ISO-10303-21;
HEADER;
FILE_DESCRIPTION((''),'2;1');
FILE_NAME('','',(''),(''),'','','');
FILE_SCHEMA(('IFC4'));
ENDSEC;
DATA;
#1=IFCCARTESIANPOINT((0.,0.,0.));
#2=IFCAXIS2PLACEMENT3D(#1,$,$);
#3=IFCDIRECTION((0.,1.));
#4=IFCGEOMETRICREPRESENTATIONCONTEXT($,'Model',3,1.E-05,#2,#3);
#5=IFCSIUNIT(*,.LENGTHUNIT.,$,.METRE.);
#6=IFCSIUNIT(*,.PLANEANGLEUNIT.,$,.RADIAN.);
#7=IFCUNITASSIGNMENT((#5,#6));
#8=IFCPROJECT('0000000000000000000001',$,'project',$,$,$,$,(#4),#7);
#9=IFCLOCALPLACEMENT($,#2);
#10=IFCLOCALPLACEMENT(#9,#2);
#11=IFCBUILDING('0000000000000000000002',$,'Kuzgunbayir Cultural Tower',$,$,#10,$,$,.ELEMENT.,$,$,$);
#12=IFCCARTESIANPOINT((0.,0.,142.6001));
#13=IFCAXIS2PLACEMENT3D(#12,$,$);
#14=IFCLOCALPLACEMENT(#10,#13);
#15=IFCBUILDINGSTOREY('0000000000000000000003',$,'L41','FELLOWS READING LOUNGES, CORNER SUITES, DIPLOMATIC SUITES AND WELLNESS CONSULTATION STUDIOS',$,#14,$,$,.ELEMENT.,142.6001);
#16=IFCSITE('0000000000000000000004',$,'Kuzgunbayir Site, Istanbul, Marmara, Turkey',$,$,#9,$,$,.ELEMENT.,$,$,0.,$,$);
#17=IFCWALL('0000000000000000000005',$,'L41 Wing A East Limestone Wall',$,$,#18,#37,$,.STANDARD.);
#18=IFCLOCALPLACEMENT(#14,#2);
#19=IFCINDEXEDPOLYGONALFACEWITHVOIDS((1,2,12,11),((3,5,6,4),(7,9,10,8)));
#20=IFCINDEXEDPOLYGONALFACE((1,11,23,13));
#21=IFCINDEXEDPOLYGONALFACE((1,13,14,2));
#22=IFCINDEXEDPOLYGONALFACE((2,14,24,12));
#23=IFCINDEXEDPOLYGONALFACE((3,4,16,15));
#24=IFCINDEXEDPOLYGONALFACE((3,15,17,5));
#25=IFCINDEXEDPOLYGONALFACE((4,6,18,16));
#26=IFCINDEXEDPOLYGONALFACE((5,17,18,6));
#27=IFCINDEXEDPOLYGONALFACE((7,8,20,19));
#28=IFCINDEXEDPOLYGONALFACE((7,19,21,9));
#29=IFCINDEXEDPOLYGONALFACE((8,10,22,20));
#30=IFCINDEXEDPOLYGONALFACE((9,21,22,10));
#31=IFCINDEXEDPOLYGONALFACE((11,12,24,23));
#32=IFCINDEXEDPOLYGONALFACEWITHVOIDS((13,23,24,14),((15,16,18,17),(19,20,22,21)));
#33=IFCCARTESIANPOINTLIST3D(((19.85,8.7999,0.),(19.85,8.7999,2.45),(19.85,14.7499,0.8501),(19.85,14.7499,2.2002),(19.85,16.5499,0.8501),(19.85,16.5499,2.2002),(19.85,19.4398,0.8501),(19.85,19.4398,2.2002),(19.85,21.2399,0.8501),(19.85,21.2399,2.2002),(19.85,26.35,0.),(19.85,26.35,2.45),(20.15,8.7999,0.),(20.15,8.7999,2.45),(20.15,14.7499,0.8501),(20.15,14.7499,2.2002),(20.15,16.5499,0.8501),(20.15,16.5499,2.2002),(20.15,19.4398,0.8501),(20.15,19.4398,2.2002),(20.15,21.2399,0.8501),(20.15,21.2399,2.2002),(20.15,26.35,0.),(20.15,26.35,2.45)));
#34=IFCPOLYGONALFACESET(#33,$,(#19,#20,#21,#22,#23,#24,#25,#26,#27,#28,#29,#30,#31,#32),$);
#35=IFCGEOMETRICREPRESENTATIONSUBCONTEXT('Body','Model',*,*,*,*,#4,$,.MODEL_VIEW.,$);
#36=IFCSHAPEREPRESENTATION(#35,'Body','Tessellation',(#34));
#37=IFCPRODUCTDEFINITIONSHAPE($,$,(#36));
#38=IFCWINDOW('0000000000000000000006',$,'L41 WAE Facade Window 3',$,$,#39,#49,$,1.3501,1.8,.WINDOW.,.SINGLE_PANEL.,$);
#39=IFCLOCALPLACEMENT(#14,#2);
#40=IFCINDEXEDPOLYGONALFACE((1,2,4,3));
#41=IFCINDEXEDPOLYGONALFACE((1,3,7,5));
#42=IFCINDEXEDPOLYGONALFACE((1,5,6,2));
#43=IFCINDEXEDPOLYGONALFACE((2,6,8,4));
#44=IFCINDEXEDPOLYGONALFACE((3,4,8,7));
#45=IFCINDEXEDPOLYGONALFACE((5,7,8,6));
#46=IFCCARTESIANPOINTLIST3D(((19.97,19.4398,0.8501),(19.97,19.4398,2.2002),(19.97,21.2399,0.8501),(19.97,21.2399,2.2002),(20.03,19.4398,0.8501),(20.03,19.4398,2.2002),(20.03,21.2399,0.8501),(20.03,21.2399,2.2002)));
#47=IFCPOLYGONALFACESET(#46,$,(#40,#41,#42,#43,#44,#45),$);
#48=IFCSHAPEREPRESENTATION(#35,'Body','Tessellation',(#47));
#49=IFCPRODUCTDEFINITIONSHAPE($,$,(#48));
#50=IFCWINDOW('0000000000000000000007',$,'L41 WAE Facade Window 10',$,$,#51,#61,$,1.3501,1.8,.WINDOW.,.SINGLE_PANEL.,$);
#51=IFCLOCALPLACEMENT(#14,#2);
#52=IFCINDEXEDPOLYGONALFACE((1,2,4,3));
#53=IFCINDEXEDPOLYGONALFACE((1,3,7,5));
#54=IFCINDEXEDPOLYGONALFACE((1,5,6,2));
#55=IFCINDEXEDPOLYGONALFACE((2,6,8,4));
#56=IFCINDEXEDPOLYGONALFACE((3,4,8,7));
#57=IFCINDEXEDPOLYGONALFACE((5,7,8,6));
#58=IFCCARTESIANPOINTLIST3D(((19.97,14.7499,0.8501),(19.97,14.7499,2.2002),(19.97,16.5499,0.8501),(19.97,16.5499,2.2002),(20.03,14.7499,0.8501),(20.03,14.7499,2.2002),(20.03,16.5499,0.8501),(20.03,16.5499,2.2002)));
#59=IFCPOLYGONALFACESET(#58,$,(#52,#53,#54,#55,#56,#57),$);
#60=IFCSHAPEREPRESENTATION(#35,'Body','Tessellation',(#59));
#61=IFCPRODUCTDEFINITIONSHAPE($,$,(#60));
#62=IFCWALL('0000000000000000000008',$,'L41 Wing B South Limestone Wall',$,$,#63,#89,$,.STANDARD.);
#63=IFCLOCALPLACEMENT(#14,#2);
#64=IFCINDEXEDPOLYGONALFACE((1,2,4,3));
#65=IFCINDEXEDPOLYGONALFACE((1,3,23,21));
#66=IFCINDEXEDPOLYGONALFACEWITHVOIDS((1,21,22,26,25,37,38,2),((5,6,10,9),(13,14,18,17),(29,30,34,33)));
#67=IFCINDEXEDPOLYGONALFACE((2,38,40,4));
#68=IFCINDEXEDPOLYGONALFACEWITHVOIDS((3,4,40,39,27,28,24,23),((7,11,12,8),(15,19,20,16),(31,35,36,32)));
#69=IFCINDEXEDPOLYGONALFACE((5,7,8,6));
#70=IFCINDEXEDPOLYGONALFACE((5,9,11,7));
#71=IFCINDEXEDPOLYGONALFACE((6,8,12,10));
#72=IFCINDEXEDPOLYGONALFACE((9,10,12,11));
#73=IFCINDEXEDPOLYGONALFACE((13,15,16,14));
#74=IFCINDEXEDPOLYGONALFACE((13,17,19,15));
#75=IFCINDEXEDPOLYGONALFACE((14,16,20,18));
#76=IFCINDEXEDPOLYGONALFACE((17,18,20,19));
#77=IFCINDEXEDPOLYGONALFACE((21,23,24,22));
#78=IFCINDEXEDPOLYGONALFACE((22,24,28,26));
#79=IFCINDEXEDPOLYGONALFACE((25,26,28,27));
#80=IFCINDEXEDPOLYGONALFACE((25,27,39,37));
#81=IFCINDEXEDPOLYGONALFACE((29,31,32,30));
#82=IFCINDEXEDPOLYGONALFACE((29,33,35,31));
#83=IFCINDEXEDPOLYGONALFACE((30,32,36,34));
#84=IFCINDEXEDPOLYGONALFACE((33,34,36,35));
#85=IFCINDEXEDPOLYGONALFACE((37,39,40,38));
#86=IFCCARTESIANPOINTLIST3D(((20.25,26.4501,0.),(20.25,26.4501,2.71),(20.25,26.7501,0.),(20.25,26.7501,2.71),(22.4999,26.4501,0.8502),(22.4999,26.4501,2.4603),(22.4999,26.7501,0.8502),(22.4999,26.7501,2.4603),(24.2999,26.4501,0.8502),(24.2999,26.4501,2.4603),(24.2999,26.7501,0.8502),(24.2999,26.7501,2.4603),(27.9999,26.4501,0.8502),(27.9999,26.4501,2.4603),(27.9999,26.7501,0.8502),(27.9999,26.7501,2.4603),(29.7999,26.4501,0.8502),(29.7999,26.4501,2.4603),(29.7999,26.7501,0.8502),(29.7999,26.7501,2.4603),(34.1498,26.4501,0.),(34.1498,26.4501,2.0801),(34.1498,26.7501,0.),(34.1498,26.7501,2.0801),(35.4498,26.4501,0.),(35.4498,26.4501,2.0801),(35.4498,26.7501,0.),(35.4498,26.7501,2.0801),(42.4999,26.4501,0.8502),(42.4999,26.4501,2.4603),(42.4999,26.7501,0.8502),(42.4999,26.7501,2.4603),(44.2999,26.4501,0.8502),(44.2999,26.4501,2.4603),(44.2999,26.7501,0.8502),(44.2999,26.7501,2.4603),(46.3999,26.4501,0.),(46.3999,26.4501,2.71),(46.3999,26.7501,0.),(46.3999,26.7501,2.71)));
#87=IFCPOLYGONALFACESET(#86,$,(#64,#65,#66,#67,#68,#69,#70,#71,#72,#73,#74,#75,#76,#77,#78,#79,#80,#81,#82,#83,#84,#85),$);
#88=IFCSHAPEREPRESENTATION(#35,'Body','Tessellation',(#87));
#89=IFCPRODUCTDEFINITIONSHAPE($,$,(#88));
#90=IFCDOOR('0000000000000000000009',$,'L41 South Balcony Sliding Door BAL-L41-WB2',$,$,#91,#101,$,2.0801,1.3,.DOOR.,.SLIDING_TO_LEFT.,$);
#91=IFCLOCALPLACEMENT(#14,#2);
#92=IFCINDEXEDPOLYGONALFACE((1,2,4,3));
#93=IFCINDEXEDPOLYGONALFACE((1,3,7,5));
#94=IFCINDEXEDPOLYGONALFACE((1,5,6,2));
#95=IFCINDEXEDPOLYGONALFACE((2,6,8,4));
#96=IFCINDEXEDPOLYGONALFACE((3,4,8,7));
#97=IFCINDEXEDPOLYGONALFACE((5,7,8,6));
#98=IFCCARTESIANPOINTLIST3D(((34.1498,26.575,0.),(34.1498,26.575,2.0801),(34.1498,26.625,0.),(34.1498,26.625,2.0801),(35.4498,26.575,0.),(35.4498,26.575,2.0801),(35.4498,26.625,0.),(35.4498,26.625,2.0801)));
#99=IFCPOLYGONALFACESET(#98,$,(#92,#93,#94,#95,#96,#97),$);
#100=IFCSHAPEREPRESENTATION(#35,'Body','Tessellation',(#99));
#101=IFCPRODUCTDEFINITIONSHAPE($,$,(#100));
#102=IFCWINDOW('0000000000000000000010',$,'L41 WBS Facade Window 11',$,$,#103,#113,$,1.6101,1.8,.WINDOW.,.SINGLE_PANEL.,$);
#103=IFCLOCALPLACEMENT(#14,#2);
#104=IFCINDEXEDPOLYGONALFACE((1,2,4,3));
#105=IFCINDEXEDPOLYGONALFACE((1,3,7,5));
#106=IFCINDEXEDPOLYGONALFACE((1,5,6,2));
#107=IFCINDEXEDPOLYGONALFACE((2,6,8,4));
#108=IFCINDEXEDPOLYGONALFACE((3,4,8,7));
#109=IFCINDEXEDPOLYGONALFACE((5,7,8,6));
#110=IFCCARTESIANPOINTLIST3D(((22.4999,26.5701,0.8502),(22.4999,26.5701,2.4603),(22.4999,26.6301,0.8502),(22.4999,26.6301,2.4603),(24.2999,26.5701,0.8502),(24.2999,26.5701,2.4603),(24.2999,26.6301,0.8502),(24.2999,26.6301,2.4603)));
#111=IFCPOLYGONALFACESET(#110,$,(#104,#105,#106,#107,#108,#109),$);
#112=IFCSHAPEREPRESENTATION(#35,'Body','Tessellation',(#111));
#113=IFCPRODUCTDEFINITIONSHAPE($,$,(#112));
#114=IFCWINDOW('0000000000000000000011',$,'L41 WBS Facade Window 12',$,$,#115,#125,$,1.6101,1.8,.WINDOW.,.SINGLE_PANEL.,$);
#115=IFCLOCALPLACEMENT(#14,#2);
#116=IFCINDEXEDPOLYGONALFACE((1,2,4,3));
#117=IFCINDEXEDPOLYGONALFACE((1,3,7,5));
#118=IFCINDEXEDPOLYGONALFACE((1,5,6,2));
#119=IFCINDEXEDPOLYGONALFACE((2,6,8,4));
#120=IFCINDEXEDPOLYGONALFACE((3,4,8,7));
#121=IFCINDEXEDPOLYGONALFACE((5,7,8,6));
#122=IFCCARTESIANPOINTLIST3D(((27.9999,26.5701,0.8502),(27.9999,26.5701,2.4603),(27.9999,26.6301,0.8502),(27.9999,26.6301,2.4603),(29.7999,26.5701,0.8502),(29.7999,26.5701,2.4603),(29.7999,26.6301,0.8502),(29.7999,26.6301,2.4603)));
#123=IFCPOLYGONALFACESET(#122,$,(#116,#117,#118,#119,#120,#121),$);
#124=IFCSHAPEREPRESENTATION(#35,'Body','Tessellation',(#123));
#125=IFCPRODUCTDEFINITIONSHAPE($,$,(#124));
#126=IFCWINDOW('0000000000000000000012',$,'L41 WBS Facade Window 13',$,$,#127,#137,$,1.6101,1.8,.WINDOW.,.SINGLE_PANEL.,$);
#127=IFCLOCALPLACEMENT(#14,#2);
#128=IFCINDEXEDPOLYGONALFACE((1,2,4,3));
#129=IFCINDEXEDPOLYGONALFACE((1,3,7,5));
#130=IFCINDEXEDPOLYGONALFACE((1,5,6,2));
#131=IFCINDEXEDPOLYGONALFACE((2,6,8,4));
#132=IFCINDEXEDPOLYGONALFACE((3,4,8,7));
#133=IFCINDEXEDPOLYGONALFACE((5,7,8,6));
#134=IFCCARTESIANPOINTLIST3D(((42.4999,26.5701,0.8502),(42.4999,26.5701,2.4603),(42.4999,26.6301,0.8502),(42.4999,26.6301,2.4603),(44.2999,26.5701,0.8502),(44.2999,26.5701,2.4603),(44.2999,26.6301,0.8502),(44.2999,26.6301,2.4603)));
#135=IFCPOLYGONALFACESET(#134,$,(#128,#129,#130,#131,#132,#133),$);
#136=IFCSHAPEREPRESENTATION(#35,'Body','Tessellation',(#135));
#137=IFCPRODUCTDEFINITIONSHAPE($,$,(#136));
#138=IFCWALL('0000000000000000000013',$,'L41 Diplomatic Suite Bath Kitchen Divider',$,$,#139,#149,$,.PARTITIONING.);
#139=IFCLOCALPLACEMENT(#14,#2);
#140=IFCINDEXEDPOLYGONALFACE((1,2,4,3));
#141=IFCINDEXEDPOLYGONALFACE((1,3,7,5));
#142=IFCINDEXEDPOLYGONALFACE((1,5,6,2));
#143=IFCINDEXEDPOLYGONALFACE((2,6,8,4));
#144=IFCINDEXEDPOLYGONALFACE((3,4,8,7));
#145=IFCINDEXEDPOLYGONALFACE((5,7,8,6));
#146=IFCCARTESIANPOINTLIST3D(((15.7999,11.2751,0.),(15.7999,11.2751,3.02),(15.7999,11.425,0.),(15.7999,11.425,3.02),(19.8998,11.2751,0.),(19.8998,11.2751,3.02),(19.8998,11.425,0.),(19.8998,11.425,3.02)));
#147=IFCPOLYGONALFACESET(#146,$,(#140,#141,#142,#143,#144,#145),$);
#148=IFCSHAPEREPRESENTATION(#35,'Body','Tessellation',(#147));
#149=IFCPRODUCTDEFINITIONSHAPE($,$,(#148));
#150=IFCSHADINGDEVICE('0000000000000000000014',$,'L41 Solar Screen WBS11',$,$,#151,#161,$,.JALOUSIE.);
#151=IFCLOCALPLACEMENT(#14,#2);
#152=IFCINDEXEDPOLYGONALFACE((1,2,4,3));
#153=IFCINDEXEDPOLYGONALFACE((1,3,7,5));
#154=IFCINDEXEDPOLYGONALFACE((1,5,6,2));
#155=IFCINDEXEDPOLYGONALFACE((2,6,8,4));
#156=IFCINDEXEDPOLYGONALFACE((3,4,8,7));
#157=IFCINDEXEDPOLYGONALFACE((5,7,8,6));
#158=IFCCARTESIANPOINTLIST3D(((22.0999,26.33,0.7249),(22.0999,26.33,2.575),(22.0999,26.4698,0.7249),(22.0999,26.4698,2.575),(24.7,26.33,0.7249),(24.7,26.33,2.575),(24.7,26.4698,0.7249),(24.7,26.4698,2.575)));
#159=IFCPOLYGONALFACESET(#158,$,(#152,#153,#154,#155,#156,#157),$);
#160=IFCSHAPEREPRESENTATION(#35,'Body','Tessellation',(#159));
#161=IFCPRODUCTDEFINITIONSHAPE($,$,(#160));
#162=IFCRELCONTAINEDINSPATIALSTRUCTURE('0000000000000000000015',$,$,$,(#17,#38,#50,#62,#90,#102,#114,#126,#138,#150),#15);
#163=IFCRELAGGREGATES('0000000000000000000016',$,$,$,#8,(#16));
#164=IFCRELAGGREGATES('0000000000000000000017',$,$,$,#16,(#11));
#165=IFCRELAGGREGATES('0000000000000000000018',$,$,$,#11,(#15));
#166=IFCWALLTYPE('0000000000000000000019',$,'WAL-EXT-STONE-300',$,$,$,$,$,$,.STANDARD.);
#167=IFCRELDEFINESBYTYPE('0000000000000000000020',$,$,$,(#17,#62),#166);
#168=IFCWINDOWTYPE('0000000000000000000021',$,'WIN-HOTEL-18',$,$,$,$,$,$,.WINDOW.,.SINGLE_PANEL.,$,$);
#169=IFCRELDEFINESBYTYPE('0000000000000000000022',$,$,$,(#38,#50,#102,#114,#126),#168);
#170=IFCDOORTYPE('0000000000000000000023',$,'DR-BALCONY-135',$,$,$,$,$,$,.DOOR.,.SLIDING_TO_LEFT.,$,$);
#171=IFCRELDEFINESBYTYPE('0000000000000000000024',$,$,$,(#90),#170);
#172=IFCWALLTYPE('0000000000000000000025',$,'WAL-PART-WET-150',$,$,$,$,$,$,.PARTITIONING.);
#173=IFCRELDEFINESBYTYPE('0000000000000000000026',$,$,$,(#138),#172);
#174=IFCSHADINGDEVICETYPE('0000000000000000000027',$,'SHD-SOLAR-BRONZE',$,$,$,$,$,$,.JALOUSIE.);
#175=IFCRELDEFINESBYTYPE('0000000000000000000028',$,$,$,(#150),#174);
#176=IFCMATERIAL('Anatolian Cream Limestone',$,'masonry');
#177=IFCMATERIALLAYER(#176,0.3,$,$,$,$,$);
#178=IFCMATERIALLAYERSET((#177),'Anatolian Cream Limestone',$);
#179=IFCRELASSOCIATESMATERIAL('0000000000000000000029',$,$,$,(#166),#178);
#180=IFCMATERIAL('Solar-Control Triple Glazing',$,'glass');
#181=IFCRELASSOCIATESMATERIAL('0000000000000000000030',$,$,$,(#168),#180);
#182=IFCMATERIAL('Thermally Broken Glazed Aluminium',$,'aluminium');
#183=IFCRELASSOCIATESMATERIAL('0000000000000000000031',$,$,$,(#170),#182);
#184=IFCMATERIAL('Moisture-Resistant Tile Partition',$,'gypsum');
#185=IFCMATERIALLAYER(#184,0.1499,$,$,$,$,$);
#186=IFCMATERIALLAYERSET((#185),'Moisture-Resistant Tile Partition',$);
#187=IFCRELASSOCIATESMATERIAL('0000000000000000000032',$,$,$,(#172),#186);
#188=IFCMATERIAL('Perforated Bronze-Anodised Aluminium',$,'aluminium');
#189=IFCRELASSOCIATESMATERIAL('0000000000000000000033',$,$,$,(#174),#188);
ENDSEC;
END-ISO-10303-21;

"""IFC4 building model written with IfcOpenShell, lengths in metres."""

from ifc_helpers import new_model, si_unit, direction, frame, frame_2d, origin, origin_2d, place, context, subcontext, project, spatial, rectangle, extrude, material, layer, layer_set, type_object, element, fill, save


model = new_model("IFC4")

# Units and contexts
model_context = context("Model", 3, precision=1e-05, world=origin(), true_north=direction((0.0, 1.0)))
body_context = subcontext(model_context, "Body", "Model", "MODEL_VIEW")
ifc_project = project(units=[si_unit("LENGTHUNIT", "METRE"), si_unit("PLANEANGLEUNIT", "RADIAN")], contexts=[model_context])

# Site, building, storey
site_placement = place(None, origin())
site = spatial("IfcSite", under=ifc_project, at=site_placement, Name="Kuzgunbayir Site, Istanbul, Marmara, Turkey", CompositionType="ELEMENT", RefElevation=0.0)
building_placement = place(site_placement, origin())
building = spatial("IfcBuilding", under=site, at=building_placement, Name="Kuzgunbayir Cultural Tower", CompositionType="ELEMENT")
storey_placement = place(building_placement, frame((0.0, 0.0, 142.6001)))
storey = spatial("IfcBuildingStorey", under=building, at=storey_placement, Name="L41", Description="FELLOWS READING LOUNGES, CORNER SUITES, DIPLOMATIC SUITES AND WELLNESS CONSULTATION STUDIOS", CompositionType="ELEMENT", Elevation=142.6001)

# Wall, openings, windows
ifc_material_1 = material(Name="Anatolian Cream Limestone", Category="masonry")
ifc_layer_1 = layer(ifc_material_1, 0.3)
ifc_layer_set_1 = layer_set([ifc_layer_1], Name="Anatolian Cream Limestone")
wall_type_1 = type_object("IfcWallType", Name="WAL-EXT-STONE-300", PredefinedType="STANDARD", material=ifc_layer_set_1)
wall_1_placement = place(storey_placement, frame((20.0, 8.8, 0.0), z_axis=(0.0, 0.0, 1.0), x_axis=(0.0, 1.0, 0.0)))
wall_1 = element("IfcWall", 1, at=wall_1_placement, inside=storey, type_object=wall_type_1, Name="L41 Wing A East Limestone Wall", PredefinedType="STANDARD", context=body_context, shape_type="SweptSolid", body=[
    extrude(rectangle(XDim=17.55, YDim=0.3, at=frame_2d((8.7749, 0.0))), origin(), (0.0, 0.0, 1.0), 2.45),
])
opening_1_placement = place(wall_1_placement, frame((10.6399, 0.0, 0.8501)))
opening_1 = element("IfcOpeningElement", 2, at=opening_1_placement, cuts=wall_1, PredefinedType="OPENING", context=body_context, shape_type="SweptSolid", body=[
    extrude(rectangle(XDim=1.8, YDim=1.3501, at=frame_2d((0.8999, 0.675))), frame((0.0, 0.1602, 0.0), z_axis=(0.0, -1.0, 0.0), x_axis=(1.0, 0.0, 0.0)), (0.0, 0.0, 1.0), 0.3201),
])
opening_2_placement = place(wall_1_placement, frame((5.95, 0.0, 0.8501)))
opening_2 = element("IfcOpeningElement", 3, at=opening_2_placement, cuts=wall_1, PredefinedType="OPENING", context=body_context, shape_type="SweptSolid", body=[
    extrude(rectangle(XDim=1.8, YDim=1.3501, at=frame_2d((0.8999, 0.675))), frame((0.0, 0.1602, 0.0), z_axis=(0.0, -1.0, 0.0), x_axis=(1.0, 0.0, 0.0)), (0.0, 0.0, 1.0), 0.3201),
])
ifc_material_2 = material(Name="Solar-Control Triple Glazing", Category="glass")
window_type = type_object("IfcWindowType", Name="WIN-HOTEL-18", PartitioningType="SINGLE_PANEL", PredefinedType="WINDOW", material=ifc_material_2)
window_1_placement = place(opening_1_placement, origin())
window_1 = element("IfcWindow", 4, at=window_1_placement, inside=storey, type_object=window_type, Name="L41 WAE Facade Window 3", OverallHeight=1.3501, OverallWidth=1.8, PartitioningType="SINGLE_PANEL", PredefinedType="WINDOW", context=body_context, shape_type="SweptSolid", body=[
    extrude(rectangle(XDim=1.8, YDim=1.3501, at=frame_2d((0.8999, 0.675))), frame((0.0, 0.03, 0.0), z_axis=(0.0, -1.0, 0.0), x_axis=(1.0, 0.0, 0.0)), (0.0, 0.0, 1.0), 0.0601),
])
fill(opening_1, window_1)
window_2_placement = place(opening_2_placement, origin())
window_2 = element("IfcWindow", 5, at=window_2_placement, inside=storey, type_object=window_type, Name="L41 WAE Facade Window 10", OverallHeight=1.3501, OverallWidth=1.8, PartitioningType="SINGLE_PANEL", PredefinedType="WINDOW", context=body_context, shape_type="SweptSolid", body=[
    extrude(rectangle(XDim=1.8, YDim=1.3501, at=frame_2d((0.8999, 0.675))), frame((0.0, 0.03, 0.0), z_axis=(0.0, -1.0, 0.0), x_axis=(1.0, 0.0, 0.0)), (0.0, 0.0, 1.0), 0.0601),
])
fill(opening_2, window_2)

# Wall, openings, door, windows
wall_2_placement = place(storey_placement, frame((20.25, 26.6001, 0.0), z_axis=(0.0, 0.0, 1.0), x_axis=(1.0, 0.0, 0.0)))
wall_2 = element("IfcWall", 6, at=wall_2_placement, inside=storey, type_object=wall_type_1, Name="L41 Wing B South Limestone Wall", PredefinedType="STANDARD", context=body_context, shape_type="SweptSolid", body=[
    extrude(rectangle(XDim=26.1499, YDim=0.3, at=frame_2d((13.075, 0.0))), origin(), (0.0, 0.0, 1.0), 2.71),
])
opening_3_placement = place(wall_2_placement, frame((13.8999, 0.0, 0.0)))
opening_3 = element("IfcOpeningElement", 7, at=opening_3_placement, cuts=wall_2, PredefinedType="OPENING", context=body_context, shape_type="SweptSolid", body=[
    extrude(rectangle(XDim=1.3, YDim=2.0801, at=frame_2d((0.6499, 1.04))), frame((0.0, 0.1602, 0.0), z_axis=(0.0, -1.0, 0.0), x_axis=(1.0, 0.0, 0.0)), (0.0, 0.0, 1.0), 0.3201),
])
opening_4_placement = place(wall_2_placement, frame((2.25, 0.0, 0.8501)))
opening_4 = element("IfcOpeningElement", 8, at=opening_4_placement, cuts=wall_2, PredefinedType="OPENING", context=body_context, shape_type="SweptSolid", body=[
    extrude(rectangle(XDim=1.8, YDim=1.6101, at=frame_2d((0.8999, 0.8052))), frame((0.0, 0.1602, 0.0), z_axis=(0.0, -1.0, 0.0), x_axis=(1.0, 0.0, 0.0)), (0.0, 0.0, 1.0), 0.3201),
])
opening_5_placement = place(wall_2_placement, frame((7.75, 0.0, 0.8501)))
opening_5 = element("IfcOpeningElement", 9, at=opening_5_placement, cuts=wall_2, PredefinedType="OPENING", context=body_context, shape_type="SweptSolid", body=[
    extrude(rectangle(XDim=1.8, YDim=1.6101, at=frame_2d((0.8999, 0.8052))), frame((0.0, 0.1602, 0.0), z_axis=(0.0, -1.0, 0.0), x_axis=(1.0, 0.0, 0.0)), (0.0, 0.0, 1.0), 0.3201),
])
opening_6_placement = place(wall_2_placement, frame((22.25, 0.0, 0.8501)))
opening_6 = element("IfcOpeningElement", 10, at=opening_6_placement, cuts=wall_2, PredefinedType="OPENING", context=body_context, shape_type="SweptSolid", body=[
    extrude(rectangle(XDim=1.8, YDim=1.6101, at=frame_2d((0.8999, 0.8052))), frame((0.0, 0.1602, 0.0), z_axis=(0.0, -1.0, 0.0), x_axis=(1.0, 0.0, 0.0)), (0.0, 0.0, 1.0), 0.3201),
])
ifc_material_3 = material(Name="Thermally Broken Glazed Aluminium", Category="aluminium")
door_type = type_object("IfcDoorType", Name="DR-BALCONY-135", OperationType="SLIDING_TO_LEFT", PredefinedType="DOOR", material=ifc_material_3)
door_placement = place(opening_3_placement, origin())
door = element("IfcDoor", 11, at=door_placement, inside=storey, type_object=door_type, Name="L41 South Balcony Sliding Door BAL-L41-WB2", OperationType="SLIDING_TO_LEFT", OverallHeight=2.0801, OverallWidth=1.3, PredefinedType="DOOR", context=body_context, shape_type="SweptSolid", body=[
    extrude(rectangle(XDim=1.3, YDim=2.0801, at=frame_2d((0.6499, 1.04))), frame((0.0, 0.0249, 0.0), z_axis=(0.0, -1.0, 0.0), x_axis=(1.0, 0.0, 0.0)), (0.0, 0.0, 1.0), 0.05),
])
fill(opening_3, door)
window_3_placement = place(opening_4_placement, origin())
window_3 = element("IfcWindow", 12, at=window_3_placement, inside=storey, type_object=window_type, Name="L41 WBS Facade Window 11", OverallHeight=1.6101, OverallWidth=1.8, PartitioningType="SINGLE_PANEL", PredefinedType="WINDOW", context=body_context, shape_type="SweptSolid", body=[
    extrude(rectangle(XDim=1.8, YDim=1.6101, at=frame_2d((0.8999, 0.8052))), frame((0.0, 0.03, 0.0), z_axis=(0.0, -1.0, 0.0), x_axis=(1.0, 0.0, 0.0)), (0.0, 0.0, 1.0), 0.0601),
])
fill(opening_4, window_3)
window_4_placement = place(opening_5_placement, origin())
window_4 = element("IfcWindow", 13, at=window_4_placement, inside=storey, type_object=window_type, Name="L41 WBS Facade Window 12", OverallHeight=1.6101, OverallWidth=1.8, PartitioningType="SINGLE_PANEL", PredefinedType="WINDOW", context=body_context, shape_type="SweptSolid", body=[
    extrude(rectangle(XDim=1.8, YDim=1.6101, at=frame_2d((0.8999, 0.8052))), frame((0.0, 0.03, 0.0), z_axis=(0.0, -1.0, 0.0), x_axis=(1.0, 0.0, 0.0)), (0.0, 0.0, 1.0), 0.0601),
])
fill(opening_5, window_4)
window_5_placement = place(opening_6_placement, origin())
window_5 = element("IfcWindow", 14, at=window_5_placement, inside=storey, type_object=window_type, Name="L41 WBS Facade Window 13", OverallHeight=1.6101, OverallWidth=1.8, PartitioningType="SINGLE_PANEL", PredefinedType="WINDOW", context=body_context, shape_type="SweptSolid", body=[
    extrude(rectangle(XDim=1.8, YDim=1.6101, at=frame_2d((0.8999, 0.8052))), frame((0.0, 0.03, 0.0), z_axis=(0.0, -1.0, 0.0), x_axis=(1.0, 0.0, 0.0)), (0.0, 0.0, 1.0), 0.0601),
])
fill(opening_6, window_5)

# Wall
ifc_material_4 = material(Name="Moisture-Resistant Tile Partition", Category="gypsum")
ifc_layer_2 = layer(ifc_material_4, 0.1499)
ifc_layer_set_2 = layer_set([ifc_layer_2], Name="Moisture-Resistant Tile Partition")
wall_type_2 = type_object("IfcWallType", Name="WAL-PART-WET-150", PredefinedType="PARTITIONING", material=ifc_layer_set_2)
wall_3_placement = place(storey_placement, frame((15.8, 11.3501, 0.0), z_axis=(0.0, 0.0, 1.0), x_axis=(1.0, 0.0, 0.0)))
element("IfcWall", 15, at=wall_3_placement, inside=storey, type_object=wall_type_2, Name="L41 Diplomatic Suite Bath Kitchen Divider", PredefinedType="PARTITIONING", context=body_context, shape_type="SweptSolid", body=[
    extrude(rectangle(XDim=4.0999, YDim=0.1499, at=frame_2d((2.0498, 0.0))), origin(), (0.0, 0.0, 1.0), 3.02),
])

# Shading device
ifc_material_5 = material(Name="Perforated Bronze-Anodised Aluminium", Category="aluminium")
shading_device_type = type_object("IfcShadingDeviceType", Name="SHD-SOLAR-BRONZE", PredefinedType="JALOUSIE", material=ifc_material_5)
for number, where, z_axis, x_axis, name in (
    (16, (23.3999, 26.3999, 0.7249), (0.0, 0.0, 1.0), (1.0, 0.0, 0.0), "L41 Solar Screen WBS11"),
):
    element("IfcShadingDevice", number, at=place(storey_placement, frame(where, z_axis=z_axis, x_axis=x_axis)), inside=storey, type_object=shading_device_type, Name=name, PredefinedType="JALOUSIE", context=body_context, shape_type="SweptSolid", body=[
        extrude(rectangle(XDim=2.6001, YDim=0.1399, at=origin_2d()), origin(), (0.0, 0.0, 1.0), 1.8501),
    ])

save(model, "model.ifc")
